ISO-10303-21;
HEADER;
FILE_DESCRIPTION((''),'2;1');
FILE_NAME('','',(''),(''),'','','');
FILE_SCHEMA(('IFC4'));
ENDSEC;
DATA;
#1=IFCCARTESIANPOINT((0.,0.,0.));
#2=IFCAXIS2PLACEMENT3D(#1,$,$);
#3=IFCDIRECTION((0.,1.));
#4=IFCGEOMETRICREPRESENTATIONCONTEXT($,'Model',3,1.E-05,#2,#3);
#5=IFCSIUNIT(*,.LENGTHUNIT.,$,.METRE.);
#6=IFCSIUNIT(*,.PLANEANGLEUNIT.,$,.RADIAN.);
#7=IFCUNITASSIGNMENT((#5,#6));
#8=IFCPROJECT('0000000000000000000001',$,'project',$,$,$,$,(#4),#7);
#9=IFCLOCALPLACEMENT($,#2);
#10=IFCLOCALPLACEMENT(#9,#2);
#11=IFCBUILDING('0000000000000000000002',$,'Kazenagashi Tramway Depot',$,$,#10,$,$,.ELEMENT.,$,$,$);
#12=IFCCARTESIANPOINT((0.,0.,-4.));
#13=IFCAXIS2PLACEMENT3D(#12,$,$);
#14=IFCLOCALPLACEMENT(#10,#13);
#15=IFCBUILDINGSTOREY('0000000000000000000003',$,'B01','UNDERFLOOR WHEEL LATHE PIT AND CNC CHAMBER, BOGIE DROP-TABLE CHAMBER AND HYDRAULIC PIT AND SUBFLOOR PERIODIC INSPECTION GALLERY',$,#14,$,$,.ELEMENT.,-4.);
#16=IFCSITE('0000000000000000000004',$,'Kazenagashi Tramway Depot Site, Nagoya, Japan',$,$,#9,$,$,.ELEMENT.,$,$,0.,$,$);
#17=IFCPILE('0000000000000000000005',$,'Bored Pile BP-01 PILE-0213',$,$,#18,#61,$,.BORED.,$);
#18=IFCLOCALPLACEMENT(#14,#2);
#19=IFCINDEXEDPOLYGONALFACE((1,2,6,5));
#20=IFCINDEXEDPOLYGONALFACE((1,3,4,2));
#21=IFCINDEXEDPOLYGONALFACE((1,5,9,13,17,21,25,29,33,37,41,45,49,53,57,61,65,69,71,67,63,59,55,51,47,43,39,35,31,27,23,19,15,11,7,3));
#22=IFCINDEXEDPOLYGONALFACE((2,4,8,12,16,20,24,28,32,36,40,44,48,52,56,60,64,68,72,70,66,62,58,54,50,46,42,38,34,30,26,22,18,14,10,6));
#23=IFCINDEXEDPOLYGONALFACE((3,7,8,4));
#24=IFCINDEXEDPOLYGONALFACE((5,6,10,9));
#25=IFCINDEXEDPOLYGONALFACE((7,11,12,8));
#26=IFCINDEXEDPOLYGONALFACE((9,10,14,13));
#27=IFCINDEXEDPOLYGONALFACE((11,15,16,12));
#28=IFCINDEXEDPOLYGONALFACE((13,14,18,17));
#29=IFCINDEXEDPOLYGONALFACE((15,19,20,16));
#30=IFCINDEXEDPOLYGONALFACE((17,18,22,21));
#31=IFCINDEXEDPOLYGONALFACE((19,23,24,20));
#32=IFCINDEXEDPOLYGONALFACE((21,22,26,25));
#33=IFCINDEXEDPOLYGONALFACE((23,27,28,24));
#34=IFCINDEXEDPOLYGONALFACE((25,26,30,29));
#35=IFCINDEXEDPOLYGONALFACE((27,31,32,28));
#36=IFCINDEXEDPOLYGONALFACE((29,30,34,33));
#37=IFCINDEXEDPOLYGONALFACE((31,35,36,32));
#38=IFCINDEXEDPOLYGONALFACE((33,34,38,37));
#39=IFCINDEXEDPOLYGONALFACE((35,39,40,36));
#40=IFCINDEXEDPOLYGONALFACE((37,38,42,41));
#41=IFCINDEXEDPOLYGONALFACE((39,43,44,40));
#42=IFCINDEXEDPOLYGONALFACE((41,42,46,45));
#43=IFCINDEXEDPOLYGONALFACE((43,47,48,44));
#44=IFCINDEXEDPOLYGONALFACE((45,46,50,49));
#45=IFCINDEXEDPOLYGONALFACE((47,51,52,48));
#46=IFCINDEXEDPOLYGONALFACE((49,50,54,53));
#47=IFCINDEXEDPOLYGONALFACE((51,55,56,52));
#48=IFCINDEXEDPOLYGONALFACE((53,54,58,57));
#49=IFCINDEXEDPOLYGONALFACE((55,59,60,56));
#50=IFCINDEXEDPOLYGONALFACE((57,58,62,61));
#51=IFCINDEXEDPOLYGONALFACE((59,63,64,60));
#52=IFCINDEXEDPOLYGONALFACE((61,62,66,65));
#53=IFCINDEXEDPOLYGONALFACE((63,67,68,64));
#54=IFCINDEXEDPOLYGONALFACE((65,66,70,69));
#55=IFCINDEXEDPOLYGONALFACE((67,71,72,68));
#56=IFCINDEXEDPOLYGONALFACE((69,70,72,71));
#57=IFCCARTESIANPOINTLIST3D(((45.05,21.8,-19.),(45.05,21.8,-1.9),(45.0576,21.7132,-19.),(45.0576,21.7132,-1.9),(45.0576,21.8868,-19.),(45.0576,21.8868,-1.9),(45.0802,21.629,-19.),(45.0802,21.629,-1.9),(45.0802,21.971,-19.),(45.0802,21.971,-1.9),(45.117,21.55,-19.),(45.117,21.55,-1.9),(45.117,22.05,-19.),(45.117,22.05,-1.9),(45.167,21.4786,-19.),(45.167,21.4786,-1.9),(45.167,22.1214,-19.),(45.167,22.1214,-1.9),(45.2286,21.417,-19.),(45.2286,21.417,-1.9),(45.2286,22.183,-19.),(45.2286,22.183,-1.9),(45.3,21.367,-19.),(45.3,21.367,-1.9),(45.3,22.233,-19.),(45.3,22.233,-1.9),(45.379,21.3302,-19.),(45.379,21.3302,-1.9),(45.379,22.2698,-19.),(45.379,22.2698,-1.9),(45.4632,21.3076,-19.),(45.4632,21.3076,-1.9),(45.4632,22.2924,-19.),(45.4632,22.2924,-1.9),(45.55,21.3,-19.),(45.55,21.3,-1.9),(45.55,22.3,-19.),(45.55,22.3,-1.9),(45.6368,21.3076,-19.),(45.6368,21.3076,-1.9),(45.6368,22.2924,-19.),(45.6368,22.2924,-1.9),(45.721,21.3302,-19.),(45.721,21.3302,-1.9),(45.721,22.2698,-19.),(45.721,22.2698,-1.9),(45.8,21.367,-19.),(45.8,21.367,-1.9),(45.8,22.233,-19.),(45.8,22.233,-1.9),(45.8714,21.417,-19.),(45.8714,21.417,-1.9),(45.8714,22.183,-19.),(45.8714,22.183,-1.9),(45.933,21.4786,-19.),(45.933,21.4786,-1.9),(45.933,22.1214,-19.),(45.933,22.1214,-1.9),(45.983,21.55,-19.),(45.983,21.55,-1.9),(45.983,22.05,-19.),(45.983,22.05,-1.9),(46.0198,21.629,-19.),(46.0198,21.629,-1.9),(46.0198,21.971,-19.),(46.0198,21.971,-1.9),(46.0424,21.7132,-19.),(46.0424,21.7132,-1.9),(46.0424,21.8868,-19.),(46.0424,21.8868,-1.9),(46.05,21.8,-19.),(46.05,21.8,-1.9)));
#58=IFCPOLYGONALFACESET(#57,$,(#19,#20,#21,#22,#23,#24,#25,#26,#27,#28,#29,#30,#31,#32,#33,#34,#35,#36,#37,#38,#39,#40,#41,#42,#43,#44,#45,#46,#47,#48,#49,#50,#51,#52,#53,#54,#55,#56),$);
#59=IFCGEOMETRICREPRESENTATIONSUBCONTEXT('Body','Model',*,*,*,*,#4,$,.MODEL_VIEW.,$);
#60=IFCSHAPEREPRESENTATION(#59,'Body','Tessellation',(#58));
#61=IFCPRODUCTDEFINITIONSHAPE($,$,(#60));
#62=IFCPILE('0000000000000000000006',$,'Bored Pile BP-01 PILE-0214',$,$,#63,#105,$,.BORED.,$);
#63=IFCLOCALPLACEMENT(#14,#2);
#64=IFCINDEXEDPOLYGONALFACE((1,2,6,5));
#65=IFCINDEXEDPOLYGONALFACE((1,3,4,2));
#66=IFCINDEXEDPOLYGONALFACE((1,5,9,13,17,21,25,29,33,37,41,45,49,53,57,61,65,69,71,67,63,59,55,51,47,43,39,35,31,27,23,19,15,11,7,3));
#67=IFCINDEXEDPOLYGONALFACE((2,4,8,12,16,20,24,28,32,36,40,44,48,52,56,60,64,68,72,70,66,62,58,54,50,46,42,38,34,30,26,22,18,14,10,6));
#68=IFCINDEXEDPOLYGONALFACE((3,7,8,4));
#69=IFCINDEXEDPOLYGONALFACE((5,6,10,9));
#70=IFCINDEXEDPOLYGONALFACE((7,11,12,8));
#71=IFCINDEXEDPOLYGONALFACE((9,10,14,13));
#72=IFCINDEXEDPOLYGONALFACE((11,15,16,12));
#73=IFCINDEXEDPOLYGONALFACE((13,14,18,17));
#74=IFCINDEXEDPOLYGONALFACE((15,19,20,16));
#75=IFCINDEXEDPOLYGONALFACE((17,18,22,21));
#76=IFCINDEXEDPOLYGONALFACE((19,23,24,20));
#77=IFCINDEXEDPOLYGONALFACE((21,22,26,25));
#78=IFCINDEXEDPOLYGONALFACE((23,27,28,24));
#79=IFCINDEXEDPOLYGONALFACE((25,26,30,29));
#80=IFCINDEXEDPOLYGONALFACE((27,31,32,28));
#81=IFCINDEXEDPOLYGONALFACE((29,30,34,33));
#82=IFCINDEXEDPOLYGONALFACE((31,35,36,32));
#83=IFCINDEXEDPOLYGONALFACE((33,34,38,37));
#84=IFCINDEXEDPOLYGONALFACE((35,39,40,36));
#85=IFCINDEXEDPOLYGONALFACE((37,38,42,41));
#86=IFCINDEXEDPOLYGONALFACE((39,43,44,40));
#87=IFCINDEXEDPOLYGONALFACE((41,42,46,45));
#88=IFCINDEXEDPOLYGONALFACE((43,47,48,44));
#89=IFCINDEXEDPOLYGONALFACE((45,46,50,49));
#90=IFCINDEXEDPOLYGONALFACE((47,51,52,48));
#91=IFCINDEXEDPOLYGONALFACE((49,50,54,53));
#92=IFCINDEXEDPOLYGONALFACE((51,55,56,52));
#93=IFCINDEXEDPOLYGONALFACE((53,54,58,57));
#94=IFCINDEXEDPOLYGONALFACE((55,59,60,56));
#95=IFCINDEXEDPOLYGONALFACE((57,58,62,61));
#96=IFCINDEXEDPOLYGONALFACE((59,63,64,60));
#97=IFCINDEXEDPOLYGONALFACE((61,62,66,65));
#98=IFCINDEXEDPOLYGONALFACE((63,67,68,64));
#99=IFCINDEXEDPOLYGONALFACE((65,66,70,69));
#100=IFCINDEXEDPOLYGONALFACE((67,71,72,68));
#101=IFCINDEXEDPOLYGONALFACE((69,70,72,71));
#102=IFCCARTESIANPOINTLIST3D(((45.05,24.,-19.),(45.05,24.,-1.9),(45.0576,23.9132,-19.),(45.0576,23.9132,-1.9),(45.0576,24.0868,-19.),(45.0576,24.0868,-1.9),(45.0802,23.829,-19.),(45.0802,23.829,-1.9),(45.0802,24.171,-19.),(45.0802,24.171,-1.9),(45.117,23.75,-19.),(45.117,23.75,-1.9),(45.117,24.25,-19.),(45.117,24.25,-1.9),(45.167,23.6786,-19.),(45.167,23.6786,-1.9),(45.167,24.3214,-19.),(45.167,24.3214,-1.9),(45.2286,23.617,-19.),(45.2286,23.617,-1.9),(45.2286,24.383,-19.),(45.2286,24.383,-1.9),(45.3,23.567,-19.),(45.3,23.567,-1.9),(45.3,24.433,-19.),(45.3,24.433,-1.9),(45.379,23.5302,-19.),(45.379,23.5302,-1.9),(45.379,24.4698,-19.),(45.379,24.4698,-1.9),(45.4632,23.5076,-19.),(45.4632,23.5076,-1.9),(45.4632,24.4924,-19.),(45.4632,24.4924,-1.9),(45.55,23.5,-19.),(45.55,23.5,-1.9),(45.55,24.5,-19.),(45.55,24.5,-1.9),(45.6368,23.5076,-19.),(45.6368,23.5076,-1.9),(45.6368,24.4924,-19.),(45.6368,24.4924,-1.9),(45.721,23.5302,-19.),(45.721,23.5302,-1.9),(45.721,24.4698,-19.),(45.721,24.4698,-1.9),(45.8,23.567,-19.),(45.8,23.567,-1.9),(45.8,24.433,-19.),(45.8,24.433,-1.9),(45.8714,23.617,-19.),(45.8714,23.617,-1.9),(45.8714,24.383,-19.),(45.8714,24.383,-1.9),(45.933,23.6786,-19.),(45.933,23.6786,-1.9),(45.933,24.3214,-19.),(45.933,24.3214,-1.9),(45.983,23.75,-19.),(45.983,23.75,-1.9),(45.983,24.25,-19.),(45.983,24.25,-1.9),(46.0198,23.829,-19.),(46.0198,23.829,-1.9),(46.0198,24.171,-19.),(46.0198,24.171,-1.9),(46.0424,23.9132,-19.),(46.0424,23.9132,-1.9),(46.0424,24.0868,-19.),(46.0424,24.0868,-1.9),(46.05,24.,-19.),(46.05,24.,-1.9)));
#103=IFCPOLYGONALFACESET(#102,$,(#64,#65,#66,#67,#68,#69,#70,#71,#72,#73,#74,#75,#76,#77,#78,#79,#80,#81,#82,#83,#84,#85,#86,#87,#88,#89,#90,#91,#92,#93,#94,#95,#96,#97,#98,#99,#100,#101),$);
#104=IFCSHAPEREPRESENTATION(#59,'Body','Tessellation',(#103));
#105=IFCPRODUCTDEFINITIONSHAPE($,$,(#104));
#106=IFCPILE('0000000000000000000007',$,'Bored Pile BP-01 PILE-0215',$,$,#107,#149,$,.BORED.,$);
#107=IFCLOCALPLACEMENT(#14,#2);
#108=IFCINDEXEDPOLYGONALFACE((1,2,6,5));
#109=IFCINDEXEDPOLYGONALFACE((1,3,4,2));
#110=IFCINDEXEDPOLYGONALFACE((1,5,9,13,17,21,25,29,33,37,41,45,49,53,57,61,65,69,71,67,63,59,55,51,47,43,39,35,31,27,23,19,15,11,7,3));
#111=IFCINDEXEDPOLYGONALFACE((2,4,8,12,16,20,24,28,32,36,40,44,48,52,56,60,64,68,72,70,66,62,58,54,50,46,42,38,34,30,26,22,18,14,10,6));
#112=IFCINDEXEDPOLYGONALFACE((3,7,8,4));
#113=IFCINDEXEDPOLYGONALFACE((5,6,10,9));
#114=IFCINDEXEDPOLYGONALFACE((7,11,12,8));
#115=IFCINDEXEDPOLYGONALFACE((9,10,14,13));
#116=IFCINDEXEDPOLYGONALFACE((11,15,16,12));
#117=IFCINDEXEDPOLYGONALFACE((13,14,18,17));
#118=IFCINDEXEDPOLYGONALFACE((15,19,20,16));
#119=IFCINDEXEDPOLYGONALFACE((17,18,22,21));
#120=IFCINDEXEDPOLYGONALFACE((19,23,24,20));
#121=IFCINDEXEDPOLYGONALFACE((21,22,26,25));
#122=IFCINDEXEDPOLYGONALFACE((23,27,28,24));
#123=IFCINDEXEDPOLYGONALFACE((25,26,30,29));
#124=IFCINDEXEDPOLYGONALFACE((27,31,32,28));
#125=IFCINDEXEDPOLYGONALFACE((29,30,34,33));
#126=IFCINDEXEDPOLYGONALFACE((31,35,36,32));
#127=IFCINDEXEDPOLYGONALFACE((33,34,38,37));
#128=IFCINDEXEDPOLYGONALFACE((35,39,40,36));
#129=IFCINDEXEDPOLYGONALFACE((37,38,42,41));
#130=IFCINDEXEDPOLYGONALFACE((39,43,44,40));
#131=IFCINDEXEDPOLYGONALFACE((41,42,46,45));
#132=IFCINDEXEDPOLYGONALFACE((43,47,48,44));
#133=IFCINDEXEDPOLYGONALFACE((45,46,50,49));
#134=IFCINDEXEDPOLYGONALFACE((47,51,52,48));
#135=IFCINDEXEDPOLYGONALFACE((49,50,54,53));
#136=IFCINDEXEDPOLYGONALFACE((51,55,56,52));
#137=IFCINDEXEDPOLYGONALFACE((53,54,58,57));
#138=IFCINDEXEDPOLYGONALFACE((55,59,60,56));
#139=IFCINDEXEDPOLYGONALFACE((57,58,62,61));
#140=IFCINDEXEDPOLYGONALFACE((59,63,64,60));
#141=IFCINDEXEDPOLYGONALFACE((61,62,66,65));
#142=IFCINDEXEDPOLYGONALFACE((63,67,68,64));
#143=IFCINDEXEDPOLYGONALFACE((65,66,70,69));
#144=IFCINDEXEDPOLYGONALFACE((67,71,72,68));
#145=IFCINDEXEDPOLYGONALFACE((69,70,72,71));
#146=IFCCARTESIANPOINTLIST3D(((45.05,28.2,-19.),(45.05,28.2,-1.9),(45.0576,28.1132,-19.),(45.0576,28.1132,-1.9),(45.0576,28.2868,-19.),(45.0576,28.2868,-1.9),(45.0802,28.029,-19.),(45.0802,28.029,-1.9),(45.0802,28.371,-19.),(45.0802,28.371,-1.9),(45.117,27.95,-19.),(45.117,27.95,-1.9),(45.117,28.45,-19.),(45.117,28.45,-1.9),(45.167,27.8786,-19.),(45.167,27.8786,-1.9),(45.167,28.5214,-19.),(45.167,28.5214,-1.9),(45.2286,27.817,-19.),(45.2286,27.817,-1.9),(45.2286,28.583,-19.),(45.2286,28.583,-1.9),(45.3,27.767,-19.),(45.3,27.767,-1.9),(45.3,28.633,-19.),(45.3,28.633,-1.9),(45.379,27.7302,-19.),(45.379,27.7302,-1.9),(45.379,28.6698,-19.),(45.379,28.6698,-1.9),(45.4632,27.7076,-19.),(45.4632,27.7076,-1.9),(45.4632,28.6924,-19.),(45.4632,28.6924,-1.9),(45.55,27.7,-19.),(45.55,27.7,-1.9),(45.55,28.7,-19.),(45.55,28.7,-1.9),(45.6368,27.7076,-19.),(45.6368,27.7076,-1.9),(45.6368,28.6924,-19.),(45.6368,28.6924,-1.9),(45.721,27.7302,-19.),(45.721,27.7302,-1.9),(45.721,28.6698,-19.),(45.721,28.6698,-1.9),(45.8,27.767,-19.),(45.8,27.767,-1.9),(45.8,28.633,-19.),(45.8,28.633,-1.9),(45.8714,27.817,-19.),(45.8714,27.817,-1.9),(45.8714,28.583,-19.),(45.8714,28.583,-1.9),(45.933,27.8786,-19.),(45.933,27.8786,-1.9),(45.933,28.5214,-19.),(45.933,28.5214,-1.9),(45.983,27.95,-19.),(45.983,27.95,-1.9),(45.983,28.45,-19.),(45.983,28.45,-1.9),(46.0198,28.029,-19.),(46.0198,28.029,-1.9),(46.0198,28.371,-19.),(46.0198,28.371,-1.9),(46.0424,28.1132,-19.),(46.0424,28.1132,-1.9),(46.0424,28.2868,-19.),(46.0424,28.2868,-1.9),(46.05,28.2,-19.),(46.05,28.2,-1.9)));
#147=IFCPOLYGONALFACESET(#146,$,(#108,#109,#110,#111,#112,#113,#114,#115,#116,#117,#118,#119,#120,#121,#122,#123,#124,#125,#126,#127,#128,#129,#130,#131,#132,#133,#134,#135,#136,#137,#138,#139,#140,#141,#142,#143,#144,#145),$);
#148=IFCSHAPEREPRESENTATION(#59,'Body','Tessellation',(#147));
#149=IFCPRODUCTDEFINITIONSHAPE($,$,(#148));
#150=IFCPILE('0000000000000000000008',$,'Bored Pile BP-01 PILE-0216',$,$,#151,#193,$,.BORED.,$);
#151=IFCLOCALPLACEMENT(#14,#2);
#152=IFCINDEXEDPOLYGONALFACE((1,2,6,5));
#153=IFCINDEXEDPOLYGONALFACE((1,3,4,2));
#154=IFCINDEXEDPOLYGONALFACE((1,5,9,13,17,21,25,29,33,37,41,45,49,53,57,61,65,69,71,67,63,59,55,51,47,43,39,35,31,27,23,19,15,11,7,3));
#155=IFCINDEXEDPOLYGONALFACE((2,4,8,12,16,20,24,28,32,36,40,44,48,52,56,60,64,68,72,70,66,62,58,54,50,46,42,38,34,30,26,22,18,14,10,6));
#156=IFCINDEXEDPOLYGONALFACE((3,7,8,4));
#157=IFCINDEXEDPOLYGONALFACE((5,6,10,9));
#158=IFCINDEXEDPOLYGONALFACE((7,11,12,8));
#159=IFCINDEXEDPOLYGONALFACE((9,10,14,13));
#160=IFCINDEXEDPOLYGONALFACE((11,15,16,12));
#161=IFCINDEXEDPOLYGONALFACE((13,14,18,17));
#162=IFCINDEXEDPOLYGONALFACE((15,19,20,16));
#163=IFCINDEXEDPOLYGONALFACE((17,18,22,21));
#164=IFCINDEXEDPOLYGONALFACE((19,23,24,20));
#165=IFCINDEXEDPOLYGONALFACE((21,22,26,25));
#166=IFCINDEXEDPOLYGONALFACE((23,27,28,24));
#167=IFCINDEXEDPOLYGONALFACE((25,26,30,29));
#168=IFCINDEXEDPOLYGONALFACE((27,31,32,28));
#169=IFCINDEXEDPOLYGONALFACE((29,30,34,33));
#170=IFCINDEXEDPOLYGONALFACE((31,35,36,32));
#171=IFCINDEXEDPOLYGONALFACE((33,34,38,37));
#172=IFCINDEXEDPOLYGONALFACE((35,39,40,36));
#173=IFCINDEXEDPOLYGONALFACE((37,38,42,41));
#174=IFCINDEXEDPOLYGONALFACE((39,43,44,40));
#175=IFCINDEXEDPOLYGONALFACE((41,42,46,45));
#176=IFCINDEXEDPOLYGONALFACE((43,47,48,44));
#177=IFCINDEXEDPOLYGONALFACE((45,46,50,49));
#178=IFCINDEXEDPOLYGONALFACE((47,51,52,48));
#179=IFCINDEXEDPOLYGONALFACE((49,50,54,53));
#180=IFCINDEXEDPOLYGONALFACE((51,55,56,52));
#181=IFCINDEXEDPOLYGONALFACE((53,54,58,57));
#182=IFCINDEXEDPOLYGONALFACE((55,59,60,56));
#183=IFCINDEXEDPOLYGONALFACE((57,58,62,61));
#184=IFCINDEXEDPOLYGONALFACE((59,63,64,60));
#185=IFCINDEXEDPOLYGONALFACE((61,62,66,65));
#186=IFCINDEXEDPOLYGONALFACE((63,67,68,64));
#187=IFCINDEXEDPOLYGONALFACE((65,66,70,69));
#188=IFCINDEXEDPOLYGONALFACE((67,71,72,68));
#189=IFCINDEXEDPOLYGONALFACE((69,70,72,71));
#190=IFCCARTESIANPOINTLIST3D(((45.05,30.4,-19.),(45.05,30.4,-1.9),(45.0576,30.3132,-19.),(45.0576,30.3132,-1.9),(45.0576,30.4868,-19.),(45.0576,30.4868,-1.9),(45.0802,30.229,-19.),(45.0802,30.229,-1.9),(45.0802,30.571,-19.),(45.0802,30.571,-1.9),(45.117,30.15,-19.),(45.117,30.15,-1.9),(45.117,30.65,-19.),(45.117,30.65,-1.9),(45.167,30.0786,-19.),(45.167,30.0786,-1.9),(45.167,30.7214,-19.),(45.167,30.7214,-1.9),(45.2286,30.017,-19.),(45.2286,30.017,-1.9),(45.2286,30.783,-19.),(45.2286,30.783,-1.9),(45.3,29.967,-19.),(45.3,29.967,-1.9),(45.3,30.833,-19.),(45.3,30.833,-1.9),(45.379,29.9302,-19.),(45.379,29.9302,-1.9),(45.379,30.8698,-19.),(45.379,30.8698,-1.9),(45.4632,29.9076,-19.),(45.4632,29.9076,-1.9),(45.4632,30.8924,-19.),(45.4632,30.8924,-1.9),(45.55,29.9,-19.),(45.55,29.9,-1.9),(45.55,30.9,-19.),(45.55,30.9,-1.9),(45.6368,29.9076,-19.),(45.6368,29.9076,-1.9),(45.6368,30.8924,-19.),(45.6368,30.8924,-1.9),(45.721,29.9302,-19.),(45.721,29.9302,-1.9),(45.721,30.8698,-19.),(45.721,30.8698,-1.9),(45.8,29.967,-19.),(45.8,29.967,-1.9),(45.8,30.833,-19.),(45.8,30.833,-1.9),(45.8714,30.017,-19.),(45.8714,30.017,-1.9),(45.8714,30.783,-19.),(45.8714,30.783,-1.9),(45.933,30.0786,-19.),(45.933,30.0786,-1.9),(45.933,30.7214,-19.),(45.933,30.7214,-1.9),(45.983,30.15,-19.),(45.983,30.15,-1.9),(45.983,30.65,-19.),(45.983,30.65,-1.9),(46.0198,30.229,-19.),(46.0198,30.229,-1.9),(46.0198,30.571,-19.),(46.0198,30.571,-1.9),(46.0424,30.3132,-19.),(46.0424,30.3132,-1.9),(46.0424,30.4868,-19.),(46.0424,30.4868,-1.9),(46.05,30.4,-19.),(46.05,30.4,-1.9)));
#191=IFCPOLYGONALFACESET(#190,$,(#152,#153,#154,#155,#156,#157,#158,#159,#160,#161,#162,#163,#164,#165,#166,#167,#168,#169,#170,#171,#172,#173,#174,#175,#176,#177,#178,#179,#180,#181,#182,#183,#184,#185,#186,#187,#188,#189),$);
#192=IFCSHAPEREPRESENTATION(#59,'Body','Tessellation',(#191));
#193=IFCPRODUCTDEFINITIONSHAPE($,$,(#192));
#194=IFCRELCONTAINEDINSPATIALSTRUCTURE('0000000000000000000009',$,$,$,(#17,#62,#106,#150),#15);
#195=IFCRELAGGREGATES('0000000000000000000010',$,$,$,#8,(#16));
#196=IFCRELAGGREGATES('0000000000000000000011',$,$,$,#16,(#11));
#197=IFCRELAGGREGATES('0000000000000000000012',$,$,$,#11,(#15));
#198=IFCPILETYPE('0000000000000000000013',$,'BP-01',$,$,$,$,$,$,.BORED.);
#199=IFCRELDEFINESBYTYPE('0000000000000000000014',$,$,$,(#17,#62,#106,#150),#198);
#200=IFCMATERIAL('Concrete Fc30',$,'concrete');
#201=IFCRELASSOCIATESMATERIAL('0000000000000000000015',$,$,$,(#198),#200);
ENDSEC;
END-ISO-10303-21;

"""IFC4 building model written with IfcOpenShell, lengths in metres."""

from ifc_helpers import new_model, si_unit, direction, frame, origin, origin_2d, place, context, subcontext, project, spatial, circle, extrude, material, material_profile, profile_set, type_object, element, save


model = new_model("IFC4")

# Units and contexts
model_context = context("Model", 3, precision=1e-05, world=origin(), true_north=direction((0.0, 1.0)))
body_context = subcontext(model_context, "Body", "Model", "MODEL_VIEW")
ifc_project = project(units=[si_unit("LENGTHUNIT", "METRE"), si_unit("PLANEANGLEUNIT", "RADIAN")], contexts=[model_context])

# Site, building, storey
site_placement = place(None, origin())
site = spatial("IfcSite", under=ifc_project, at=site_placement, Name="Kazenagashi Tramway Depot Site, Nagoya, Japan", CompositionType="ELEMENT", RefElevation=0.0)
building_placement = place(site_placement, origin())
building = spatial("IfcBuilding", under=site, at=building_placement, Name="Kazenagashi Tramway Depot", CompositionType="ELEMENT")
storey_placement = place(building_placement, frame((0.0, 0.0, -4.0)))
storey = spatial("IfcBuildingStorey", under=building, at=storey_placement, Name="B01", Description="UNDERFLOOR WHEEL LATHE PIT AND CNC CHAMBER, BOGIE DROP-TABLE CHAMBER AND HYDRAULIC PIT AND SUBFLOOR PERIODIC INSPECTION GALLERY", CompositionType="ELEMENT", Elevation=-4.0)

# Piles
ifc_material_1 = material(Name="Concrete Fc30", Category="concrete")
ifc_material_profile_1 = material_profile(ifc_material_1, circle(Radius=0.5, at=origin_2d()), Name="PILE-1000")
ifc_profile_set_1 = profile_set([ifc_material_profile_1], Name="Concrete Fc30")
pile_type_1 = type_object("IfcPileType", Name="BP-01", PredefinedType="BORED", material=ifc_profile_set_1)
for number, where, z_axis, x_axis, name in (
    (1, (45.55, 21.8, -1.9), (0.0, 0.0, -1.0), (1.0, 0.0, 0.0), "Bored Pile BP-01 PILE-0213"),
    (2, (45.55, 24.0, -1.9), (0.0, 0.0, -1.0), (1.0, 0.0, 0.0), "Bored Pile BP-01 PILE-0214"),
    (3, (45.55, 28.2, -1.9), (0.0, 0.0, -1.0), (1.0, 0.0, 0.0), "Bored Pile BP-01 PILE-0215"),
    (4, (45.55, 30.4, -1.9), (0.0, 0.0, -1.0), (1.0, 0.0, 0.0), "Bored Pile BP-01 PILE-0216"),
):
    element("IfcPile", number, at=place(storey_placement, frame(where, z_axis=z_axis, x_axis=x_axis)), inside=storey, type_object=pile_type_1, Name=name, PredefinedType="BORED", context=body_context, shape_type="SweptSolid", body=[
        extrude(circle(Radius=0.5, at=origin_2d()), origin(), (0.0, 0.0, 1.0), 17.1),
    ])

save(model, "model.ifc")
